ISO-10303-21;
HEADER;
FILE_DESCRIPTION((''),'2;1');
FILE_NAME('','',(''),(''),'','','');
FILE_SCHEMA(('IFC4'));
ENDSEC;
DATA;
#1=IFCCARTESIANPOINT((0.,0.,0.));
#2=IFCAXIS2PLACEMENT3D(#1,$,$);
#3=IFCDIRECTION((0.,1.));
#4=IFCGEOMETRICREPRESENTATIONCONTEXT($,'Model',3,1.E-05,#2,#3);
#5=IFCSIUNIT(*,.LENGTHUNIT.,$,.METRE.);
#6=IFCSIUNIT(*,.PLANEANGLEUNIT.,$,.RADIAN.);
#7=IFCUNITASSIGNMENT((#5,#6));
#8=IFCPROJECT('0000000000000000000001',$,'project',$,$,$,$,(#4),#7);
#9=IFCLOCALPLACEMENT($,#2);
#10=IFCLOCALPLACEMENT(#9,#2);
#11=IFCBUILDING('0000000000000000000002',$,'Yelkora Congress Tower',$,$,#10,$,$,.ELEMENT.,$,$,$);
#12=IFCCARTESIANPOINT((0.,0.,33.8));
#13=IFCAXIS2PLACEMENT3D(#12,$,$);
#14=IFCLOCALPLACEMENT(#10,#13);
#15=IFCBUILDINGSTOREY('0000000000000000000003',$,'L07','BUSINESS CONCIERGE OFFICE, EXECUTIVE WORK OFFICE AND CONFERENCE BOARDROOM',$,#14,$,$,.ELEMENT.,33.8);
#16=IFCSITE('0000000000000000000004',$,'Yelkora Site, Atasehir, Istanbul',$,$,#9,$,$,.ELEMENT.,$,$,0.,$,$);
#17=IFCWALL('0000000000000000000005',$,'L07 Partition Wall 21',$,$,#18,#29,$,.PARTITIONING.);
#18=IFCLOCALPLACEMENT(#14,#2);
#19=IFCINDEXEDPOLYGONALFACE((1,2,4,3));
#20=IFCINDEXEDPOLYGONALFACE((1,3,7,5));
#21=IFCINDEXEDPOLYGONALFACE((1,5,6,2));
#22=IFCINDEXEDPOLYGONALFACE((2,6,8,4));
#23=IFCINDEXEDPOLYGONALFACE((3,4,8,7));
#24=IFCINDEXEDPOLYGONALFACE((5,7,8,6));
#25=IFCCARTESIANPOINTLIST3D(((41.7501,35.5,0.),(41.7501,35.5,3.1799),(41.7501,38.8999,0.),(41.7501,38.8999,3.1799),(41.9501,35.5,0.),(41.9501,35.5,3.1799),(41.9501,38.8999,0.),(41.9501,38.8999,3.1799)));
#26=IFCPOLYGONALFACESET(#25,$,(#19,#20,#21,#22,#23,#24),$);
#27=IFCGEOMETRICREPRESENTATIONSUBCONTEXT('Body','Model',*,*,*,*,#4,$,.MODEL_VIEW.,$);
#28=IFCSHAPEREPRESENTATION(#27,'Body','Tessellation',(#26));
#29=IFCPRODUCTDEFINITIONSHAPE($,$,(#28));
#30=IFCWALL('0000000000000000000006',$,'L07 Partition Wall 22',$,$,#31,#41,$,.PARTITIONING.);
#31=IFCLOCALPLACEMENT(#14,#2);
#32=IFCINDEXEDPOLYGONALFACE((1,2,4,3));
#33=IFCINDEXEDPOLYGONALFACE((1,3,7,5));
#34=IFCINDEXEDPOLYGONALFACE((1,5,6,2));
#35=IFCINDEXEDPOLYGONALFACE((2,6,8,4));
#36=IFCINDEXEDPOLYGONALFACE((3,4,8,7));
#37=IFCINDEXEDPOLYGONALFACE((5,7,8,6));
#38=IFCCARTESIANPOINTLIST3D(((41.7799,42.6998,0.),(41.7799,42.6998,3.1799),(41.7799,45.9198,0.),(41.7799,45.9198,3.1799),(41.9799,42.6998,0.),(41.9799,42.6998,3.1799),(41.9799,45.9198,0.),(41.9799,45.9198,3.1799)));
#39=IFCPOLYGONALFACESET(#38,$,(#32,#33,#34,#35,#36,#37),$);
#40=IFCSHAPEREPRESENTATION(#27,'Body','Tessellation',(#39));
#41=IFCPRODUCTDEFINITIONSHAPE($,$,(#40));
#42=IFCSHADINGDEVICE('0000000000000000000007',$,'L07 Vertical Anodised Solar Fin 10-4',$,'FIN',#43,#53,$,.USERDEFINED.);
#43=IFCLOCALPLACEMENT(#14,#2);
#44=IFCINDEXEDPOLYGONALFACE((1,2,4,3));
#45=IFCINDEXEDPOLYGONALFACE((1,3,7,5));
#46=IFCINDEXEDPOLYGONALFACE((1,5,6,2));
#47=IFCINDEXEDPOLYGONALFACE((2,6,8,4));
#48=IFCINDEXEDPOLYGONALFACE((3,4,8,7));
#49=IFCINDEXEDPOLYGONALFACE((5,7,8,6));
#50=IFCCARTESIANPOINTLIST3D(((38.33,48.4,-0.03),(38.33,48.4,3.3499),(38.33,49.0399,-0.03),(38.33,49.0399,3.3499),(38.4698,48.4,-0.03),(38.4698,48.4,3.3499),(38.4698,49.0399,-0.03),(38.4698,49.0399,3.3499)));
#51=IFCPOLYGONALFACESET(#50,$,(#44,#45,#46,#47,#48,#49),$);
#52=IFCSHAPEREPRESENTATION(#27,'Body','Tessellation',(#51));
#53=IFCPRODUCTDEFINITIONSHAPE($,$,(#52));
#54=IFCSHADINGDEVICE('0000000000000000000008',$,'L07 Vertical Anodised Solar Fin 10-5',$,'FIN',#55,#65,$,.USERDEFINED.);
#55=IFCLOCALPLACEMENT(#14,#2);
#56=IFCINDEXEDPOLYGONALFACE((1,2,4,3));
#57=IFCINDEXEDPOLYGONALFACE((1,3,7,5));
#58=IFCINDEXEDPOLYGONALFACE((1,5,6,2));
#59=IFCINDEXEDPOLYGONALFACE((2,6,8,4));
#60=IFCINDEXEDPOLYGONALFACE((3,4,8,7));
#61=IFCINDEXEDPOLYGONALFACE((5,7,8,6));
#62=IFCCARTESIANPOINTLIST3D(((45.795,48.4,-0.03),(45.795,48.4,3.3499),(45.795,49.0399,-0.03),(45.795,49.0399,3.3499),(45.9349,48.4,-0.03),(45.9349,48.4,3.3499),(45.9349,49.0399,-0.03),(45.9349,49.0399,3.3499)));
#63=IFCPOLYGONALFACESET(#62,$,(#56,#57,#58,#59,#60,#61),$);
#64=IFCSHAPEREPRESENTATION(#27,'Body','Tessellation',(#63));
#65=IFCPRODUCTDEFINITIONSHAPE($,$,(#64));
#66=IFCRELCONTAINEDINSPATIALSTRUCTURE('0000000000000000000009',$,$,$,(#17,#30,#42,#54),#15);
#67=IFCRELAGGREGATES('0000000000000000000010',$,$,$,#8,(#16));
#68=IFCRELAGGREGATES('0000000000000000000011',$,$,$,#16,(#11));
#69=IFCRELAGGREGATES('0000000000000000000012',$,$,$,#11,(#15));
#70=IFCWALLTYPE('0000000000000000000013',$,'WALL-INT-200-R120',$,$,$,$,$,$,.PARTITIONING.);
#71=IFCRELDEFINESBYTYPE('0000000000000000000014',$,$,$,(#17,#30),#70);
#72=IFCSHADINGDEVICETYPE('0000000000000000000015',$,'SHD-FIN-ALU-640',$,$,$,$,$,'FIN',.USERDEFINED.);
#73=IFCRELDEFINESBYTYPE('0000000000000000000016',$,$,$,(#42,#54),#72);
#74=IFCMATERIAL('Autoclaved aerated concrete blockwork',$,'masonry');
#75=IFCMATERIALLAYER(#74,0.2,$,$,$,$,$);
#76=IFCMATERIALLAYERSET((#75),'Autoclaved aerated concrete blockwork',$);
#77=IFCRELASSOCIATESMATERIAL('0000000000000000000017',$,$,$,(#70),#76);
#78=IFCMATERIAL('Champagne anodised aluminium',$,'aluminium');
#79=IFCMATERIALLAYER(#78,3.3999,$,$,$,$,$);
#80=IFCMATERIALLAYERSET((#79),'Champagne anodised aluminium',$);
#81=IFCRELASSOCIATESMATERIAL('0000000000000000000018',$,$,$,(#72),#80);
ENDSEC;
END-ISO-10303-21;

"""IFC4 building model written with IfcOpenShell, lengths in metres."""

from ifc_helpers import new_model, si_unit, direction, frame, frame_2d, origin, origin_2d, place, context, subcontext, project, spatial, rectangle, extrude, material, layer, layer_set, type_object, element, save


model = new_model("IFC4")

# Units and contexts
model_context = context("Model", 3, precision=1e-05, world=origin(), true_north=direction((0.0, 1.0)))
body_context = subcontext(model_context, "Body", "Model", "MODEL_VIEW")
ifc_project = project(units=[si_unit("LENGTHUNIT", "METRE"), si_unit("PLANEANGLEUNIT", "RADIAN")], contexts=[model_context])

# Site, building, storey
site_placement = place(None, origin())
site = spatial("IfcSite", under=ifc_project, at=site_placement, Name="Yelkora Site, Atasehir, Istanbul", CompositionType="ELEMENT", RefElevation=0.0)
building_placement = place(site_placement, origin())
building = spatial("IfcBuilding", under=site, at=building_placement, Name="Yelkora Congress Tower", CompositionType="ELEMENT")
storey_placement = place(building_placement, frame((0.0, 0.0, 33.8)))
storey = spatial("IfcBuildingStorey", under=building, at=storey_placement, Name="L07", Description="BUSINESS CONCIERGE OFFICE, EXECUTIVE WORK OFFICE AND CONFERENCE BOARDROOM", CompositionType="ELEMENT", Elevation=33.8)

# Walls
ifc_material_1 = material(Name="Autoclaved aerated concrete blockwork", Category="masonry")
ifc_layer_1 = layer(ifc_material_1, 0.2)
ifc_layer_set_1 = layer_set([ifc_layer_1], Name="Autoclaved aerated concrete blockwork")
wall_type_1 = type_object("IfcWallType", Name="WALL-INT-200-R120", PredefinedType="PARTITIONING", material=ifc_layer_set_1)
wall_1_placement = place(storey_placement, frame((41.8501, 35.5, 0.0), z_axis=(0.0, 0.0, 1.0), x_axis=(0.0, 1.0, 0.0)))
element("IfcWall", 1, at=wall_1_placement, inside=storey, type_object=wall_type_1, Name="L07 Partition Wall 21", PredefinedType="PARTITIONING", context=body_context, shape_type="SweptSolid", body=[
    extrude(rectangle(XDim=3.3999, YDim=0.2, at=frame_2d((1.7, 0.0))), origin(), (0.0, 0.0, 1.0), 3.1799),
])
wall_2_placement = place(storey_placement, frame((41.8799, 42.7, 0.0), z_axis=(0.0, 0.0, 1.0), x_axis=(0.0, 1.0, 0.0)))
element("IfcWall", 2, at=wall_2_placement, inside=storey, type_object=wall_type_1, Name="L07 Partition Wall 22", PredefinedType="PARTITIONING", context=body_context, shape_type="SweptSolid", body=[
    extrude(rectangle(XDim=3.22, YDim=0.2, at=frame_2d((1.6099, 0.0))), origin(), (0.0, 0.0, 1.0), 3.1799),
])

# Shading devices
ifc_material_2 = material(Name="Champagne anodised aluminium", Category="aluminium")
ifc_layer_2 = layer(ifc_material_2, 3.3999)
ifc_layer_set_2 = layer_set([ifc_layer_2], Name="Champagne anodised aluminium")
shading_device_type = type_object("IfcShadingDeviceType", Name="SHD-FIN-ALU-640", ElementType="FIN", PredefinedType="USERDEFINED", material=ifc_layer_set_2)
for number, where, z_axis, x_axis, name in (
    (3, (38.3999, 48.72, -0.03), (0.0, 0.0, 1.0), (1.0, 0.0, 0.0), "L07 Vertical Anodised Solar Fin 10-4"),
    (4, (45.865, 48.72, -0.03), (0.0, 0.0, 1.0), (1.0, 0.0, 0.0), "L07 Vertical Anodised Solar Fin 10-5"),
):
    element("IfcShadingDevice", number, at=place(storey_placement, frame(where, z_axis=z_axis, x_axis=x_axis)), inside=storey, type_object=shading_device_type, Name=name, ObjectType="FIN", PredefinedType="USERDEFINED", context=body_context, shape_type="SweptSolid", body=[
        extrude(rectangle(XDim=0.1399, YDim=0.6399, at=origin_2d()), origin(), (0.0, 0.0, 1.0), 3.3799),
    ])

save(model, "model.ifc")
